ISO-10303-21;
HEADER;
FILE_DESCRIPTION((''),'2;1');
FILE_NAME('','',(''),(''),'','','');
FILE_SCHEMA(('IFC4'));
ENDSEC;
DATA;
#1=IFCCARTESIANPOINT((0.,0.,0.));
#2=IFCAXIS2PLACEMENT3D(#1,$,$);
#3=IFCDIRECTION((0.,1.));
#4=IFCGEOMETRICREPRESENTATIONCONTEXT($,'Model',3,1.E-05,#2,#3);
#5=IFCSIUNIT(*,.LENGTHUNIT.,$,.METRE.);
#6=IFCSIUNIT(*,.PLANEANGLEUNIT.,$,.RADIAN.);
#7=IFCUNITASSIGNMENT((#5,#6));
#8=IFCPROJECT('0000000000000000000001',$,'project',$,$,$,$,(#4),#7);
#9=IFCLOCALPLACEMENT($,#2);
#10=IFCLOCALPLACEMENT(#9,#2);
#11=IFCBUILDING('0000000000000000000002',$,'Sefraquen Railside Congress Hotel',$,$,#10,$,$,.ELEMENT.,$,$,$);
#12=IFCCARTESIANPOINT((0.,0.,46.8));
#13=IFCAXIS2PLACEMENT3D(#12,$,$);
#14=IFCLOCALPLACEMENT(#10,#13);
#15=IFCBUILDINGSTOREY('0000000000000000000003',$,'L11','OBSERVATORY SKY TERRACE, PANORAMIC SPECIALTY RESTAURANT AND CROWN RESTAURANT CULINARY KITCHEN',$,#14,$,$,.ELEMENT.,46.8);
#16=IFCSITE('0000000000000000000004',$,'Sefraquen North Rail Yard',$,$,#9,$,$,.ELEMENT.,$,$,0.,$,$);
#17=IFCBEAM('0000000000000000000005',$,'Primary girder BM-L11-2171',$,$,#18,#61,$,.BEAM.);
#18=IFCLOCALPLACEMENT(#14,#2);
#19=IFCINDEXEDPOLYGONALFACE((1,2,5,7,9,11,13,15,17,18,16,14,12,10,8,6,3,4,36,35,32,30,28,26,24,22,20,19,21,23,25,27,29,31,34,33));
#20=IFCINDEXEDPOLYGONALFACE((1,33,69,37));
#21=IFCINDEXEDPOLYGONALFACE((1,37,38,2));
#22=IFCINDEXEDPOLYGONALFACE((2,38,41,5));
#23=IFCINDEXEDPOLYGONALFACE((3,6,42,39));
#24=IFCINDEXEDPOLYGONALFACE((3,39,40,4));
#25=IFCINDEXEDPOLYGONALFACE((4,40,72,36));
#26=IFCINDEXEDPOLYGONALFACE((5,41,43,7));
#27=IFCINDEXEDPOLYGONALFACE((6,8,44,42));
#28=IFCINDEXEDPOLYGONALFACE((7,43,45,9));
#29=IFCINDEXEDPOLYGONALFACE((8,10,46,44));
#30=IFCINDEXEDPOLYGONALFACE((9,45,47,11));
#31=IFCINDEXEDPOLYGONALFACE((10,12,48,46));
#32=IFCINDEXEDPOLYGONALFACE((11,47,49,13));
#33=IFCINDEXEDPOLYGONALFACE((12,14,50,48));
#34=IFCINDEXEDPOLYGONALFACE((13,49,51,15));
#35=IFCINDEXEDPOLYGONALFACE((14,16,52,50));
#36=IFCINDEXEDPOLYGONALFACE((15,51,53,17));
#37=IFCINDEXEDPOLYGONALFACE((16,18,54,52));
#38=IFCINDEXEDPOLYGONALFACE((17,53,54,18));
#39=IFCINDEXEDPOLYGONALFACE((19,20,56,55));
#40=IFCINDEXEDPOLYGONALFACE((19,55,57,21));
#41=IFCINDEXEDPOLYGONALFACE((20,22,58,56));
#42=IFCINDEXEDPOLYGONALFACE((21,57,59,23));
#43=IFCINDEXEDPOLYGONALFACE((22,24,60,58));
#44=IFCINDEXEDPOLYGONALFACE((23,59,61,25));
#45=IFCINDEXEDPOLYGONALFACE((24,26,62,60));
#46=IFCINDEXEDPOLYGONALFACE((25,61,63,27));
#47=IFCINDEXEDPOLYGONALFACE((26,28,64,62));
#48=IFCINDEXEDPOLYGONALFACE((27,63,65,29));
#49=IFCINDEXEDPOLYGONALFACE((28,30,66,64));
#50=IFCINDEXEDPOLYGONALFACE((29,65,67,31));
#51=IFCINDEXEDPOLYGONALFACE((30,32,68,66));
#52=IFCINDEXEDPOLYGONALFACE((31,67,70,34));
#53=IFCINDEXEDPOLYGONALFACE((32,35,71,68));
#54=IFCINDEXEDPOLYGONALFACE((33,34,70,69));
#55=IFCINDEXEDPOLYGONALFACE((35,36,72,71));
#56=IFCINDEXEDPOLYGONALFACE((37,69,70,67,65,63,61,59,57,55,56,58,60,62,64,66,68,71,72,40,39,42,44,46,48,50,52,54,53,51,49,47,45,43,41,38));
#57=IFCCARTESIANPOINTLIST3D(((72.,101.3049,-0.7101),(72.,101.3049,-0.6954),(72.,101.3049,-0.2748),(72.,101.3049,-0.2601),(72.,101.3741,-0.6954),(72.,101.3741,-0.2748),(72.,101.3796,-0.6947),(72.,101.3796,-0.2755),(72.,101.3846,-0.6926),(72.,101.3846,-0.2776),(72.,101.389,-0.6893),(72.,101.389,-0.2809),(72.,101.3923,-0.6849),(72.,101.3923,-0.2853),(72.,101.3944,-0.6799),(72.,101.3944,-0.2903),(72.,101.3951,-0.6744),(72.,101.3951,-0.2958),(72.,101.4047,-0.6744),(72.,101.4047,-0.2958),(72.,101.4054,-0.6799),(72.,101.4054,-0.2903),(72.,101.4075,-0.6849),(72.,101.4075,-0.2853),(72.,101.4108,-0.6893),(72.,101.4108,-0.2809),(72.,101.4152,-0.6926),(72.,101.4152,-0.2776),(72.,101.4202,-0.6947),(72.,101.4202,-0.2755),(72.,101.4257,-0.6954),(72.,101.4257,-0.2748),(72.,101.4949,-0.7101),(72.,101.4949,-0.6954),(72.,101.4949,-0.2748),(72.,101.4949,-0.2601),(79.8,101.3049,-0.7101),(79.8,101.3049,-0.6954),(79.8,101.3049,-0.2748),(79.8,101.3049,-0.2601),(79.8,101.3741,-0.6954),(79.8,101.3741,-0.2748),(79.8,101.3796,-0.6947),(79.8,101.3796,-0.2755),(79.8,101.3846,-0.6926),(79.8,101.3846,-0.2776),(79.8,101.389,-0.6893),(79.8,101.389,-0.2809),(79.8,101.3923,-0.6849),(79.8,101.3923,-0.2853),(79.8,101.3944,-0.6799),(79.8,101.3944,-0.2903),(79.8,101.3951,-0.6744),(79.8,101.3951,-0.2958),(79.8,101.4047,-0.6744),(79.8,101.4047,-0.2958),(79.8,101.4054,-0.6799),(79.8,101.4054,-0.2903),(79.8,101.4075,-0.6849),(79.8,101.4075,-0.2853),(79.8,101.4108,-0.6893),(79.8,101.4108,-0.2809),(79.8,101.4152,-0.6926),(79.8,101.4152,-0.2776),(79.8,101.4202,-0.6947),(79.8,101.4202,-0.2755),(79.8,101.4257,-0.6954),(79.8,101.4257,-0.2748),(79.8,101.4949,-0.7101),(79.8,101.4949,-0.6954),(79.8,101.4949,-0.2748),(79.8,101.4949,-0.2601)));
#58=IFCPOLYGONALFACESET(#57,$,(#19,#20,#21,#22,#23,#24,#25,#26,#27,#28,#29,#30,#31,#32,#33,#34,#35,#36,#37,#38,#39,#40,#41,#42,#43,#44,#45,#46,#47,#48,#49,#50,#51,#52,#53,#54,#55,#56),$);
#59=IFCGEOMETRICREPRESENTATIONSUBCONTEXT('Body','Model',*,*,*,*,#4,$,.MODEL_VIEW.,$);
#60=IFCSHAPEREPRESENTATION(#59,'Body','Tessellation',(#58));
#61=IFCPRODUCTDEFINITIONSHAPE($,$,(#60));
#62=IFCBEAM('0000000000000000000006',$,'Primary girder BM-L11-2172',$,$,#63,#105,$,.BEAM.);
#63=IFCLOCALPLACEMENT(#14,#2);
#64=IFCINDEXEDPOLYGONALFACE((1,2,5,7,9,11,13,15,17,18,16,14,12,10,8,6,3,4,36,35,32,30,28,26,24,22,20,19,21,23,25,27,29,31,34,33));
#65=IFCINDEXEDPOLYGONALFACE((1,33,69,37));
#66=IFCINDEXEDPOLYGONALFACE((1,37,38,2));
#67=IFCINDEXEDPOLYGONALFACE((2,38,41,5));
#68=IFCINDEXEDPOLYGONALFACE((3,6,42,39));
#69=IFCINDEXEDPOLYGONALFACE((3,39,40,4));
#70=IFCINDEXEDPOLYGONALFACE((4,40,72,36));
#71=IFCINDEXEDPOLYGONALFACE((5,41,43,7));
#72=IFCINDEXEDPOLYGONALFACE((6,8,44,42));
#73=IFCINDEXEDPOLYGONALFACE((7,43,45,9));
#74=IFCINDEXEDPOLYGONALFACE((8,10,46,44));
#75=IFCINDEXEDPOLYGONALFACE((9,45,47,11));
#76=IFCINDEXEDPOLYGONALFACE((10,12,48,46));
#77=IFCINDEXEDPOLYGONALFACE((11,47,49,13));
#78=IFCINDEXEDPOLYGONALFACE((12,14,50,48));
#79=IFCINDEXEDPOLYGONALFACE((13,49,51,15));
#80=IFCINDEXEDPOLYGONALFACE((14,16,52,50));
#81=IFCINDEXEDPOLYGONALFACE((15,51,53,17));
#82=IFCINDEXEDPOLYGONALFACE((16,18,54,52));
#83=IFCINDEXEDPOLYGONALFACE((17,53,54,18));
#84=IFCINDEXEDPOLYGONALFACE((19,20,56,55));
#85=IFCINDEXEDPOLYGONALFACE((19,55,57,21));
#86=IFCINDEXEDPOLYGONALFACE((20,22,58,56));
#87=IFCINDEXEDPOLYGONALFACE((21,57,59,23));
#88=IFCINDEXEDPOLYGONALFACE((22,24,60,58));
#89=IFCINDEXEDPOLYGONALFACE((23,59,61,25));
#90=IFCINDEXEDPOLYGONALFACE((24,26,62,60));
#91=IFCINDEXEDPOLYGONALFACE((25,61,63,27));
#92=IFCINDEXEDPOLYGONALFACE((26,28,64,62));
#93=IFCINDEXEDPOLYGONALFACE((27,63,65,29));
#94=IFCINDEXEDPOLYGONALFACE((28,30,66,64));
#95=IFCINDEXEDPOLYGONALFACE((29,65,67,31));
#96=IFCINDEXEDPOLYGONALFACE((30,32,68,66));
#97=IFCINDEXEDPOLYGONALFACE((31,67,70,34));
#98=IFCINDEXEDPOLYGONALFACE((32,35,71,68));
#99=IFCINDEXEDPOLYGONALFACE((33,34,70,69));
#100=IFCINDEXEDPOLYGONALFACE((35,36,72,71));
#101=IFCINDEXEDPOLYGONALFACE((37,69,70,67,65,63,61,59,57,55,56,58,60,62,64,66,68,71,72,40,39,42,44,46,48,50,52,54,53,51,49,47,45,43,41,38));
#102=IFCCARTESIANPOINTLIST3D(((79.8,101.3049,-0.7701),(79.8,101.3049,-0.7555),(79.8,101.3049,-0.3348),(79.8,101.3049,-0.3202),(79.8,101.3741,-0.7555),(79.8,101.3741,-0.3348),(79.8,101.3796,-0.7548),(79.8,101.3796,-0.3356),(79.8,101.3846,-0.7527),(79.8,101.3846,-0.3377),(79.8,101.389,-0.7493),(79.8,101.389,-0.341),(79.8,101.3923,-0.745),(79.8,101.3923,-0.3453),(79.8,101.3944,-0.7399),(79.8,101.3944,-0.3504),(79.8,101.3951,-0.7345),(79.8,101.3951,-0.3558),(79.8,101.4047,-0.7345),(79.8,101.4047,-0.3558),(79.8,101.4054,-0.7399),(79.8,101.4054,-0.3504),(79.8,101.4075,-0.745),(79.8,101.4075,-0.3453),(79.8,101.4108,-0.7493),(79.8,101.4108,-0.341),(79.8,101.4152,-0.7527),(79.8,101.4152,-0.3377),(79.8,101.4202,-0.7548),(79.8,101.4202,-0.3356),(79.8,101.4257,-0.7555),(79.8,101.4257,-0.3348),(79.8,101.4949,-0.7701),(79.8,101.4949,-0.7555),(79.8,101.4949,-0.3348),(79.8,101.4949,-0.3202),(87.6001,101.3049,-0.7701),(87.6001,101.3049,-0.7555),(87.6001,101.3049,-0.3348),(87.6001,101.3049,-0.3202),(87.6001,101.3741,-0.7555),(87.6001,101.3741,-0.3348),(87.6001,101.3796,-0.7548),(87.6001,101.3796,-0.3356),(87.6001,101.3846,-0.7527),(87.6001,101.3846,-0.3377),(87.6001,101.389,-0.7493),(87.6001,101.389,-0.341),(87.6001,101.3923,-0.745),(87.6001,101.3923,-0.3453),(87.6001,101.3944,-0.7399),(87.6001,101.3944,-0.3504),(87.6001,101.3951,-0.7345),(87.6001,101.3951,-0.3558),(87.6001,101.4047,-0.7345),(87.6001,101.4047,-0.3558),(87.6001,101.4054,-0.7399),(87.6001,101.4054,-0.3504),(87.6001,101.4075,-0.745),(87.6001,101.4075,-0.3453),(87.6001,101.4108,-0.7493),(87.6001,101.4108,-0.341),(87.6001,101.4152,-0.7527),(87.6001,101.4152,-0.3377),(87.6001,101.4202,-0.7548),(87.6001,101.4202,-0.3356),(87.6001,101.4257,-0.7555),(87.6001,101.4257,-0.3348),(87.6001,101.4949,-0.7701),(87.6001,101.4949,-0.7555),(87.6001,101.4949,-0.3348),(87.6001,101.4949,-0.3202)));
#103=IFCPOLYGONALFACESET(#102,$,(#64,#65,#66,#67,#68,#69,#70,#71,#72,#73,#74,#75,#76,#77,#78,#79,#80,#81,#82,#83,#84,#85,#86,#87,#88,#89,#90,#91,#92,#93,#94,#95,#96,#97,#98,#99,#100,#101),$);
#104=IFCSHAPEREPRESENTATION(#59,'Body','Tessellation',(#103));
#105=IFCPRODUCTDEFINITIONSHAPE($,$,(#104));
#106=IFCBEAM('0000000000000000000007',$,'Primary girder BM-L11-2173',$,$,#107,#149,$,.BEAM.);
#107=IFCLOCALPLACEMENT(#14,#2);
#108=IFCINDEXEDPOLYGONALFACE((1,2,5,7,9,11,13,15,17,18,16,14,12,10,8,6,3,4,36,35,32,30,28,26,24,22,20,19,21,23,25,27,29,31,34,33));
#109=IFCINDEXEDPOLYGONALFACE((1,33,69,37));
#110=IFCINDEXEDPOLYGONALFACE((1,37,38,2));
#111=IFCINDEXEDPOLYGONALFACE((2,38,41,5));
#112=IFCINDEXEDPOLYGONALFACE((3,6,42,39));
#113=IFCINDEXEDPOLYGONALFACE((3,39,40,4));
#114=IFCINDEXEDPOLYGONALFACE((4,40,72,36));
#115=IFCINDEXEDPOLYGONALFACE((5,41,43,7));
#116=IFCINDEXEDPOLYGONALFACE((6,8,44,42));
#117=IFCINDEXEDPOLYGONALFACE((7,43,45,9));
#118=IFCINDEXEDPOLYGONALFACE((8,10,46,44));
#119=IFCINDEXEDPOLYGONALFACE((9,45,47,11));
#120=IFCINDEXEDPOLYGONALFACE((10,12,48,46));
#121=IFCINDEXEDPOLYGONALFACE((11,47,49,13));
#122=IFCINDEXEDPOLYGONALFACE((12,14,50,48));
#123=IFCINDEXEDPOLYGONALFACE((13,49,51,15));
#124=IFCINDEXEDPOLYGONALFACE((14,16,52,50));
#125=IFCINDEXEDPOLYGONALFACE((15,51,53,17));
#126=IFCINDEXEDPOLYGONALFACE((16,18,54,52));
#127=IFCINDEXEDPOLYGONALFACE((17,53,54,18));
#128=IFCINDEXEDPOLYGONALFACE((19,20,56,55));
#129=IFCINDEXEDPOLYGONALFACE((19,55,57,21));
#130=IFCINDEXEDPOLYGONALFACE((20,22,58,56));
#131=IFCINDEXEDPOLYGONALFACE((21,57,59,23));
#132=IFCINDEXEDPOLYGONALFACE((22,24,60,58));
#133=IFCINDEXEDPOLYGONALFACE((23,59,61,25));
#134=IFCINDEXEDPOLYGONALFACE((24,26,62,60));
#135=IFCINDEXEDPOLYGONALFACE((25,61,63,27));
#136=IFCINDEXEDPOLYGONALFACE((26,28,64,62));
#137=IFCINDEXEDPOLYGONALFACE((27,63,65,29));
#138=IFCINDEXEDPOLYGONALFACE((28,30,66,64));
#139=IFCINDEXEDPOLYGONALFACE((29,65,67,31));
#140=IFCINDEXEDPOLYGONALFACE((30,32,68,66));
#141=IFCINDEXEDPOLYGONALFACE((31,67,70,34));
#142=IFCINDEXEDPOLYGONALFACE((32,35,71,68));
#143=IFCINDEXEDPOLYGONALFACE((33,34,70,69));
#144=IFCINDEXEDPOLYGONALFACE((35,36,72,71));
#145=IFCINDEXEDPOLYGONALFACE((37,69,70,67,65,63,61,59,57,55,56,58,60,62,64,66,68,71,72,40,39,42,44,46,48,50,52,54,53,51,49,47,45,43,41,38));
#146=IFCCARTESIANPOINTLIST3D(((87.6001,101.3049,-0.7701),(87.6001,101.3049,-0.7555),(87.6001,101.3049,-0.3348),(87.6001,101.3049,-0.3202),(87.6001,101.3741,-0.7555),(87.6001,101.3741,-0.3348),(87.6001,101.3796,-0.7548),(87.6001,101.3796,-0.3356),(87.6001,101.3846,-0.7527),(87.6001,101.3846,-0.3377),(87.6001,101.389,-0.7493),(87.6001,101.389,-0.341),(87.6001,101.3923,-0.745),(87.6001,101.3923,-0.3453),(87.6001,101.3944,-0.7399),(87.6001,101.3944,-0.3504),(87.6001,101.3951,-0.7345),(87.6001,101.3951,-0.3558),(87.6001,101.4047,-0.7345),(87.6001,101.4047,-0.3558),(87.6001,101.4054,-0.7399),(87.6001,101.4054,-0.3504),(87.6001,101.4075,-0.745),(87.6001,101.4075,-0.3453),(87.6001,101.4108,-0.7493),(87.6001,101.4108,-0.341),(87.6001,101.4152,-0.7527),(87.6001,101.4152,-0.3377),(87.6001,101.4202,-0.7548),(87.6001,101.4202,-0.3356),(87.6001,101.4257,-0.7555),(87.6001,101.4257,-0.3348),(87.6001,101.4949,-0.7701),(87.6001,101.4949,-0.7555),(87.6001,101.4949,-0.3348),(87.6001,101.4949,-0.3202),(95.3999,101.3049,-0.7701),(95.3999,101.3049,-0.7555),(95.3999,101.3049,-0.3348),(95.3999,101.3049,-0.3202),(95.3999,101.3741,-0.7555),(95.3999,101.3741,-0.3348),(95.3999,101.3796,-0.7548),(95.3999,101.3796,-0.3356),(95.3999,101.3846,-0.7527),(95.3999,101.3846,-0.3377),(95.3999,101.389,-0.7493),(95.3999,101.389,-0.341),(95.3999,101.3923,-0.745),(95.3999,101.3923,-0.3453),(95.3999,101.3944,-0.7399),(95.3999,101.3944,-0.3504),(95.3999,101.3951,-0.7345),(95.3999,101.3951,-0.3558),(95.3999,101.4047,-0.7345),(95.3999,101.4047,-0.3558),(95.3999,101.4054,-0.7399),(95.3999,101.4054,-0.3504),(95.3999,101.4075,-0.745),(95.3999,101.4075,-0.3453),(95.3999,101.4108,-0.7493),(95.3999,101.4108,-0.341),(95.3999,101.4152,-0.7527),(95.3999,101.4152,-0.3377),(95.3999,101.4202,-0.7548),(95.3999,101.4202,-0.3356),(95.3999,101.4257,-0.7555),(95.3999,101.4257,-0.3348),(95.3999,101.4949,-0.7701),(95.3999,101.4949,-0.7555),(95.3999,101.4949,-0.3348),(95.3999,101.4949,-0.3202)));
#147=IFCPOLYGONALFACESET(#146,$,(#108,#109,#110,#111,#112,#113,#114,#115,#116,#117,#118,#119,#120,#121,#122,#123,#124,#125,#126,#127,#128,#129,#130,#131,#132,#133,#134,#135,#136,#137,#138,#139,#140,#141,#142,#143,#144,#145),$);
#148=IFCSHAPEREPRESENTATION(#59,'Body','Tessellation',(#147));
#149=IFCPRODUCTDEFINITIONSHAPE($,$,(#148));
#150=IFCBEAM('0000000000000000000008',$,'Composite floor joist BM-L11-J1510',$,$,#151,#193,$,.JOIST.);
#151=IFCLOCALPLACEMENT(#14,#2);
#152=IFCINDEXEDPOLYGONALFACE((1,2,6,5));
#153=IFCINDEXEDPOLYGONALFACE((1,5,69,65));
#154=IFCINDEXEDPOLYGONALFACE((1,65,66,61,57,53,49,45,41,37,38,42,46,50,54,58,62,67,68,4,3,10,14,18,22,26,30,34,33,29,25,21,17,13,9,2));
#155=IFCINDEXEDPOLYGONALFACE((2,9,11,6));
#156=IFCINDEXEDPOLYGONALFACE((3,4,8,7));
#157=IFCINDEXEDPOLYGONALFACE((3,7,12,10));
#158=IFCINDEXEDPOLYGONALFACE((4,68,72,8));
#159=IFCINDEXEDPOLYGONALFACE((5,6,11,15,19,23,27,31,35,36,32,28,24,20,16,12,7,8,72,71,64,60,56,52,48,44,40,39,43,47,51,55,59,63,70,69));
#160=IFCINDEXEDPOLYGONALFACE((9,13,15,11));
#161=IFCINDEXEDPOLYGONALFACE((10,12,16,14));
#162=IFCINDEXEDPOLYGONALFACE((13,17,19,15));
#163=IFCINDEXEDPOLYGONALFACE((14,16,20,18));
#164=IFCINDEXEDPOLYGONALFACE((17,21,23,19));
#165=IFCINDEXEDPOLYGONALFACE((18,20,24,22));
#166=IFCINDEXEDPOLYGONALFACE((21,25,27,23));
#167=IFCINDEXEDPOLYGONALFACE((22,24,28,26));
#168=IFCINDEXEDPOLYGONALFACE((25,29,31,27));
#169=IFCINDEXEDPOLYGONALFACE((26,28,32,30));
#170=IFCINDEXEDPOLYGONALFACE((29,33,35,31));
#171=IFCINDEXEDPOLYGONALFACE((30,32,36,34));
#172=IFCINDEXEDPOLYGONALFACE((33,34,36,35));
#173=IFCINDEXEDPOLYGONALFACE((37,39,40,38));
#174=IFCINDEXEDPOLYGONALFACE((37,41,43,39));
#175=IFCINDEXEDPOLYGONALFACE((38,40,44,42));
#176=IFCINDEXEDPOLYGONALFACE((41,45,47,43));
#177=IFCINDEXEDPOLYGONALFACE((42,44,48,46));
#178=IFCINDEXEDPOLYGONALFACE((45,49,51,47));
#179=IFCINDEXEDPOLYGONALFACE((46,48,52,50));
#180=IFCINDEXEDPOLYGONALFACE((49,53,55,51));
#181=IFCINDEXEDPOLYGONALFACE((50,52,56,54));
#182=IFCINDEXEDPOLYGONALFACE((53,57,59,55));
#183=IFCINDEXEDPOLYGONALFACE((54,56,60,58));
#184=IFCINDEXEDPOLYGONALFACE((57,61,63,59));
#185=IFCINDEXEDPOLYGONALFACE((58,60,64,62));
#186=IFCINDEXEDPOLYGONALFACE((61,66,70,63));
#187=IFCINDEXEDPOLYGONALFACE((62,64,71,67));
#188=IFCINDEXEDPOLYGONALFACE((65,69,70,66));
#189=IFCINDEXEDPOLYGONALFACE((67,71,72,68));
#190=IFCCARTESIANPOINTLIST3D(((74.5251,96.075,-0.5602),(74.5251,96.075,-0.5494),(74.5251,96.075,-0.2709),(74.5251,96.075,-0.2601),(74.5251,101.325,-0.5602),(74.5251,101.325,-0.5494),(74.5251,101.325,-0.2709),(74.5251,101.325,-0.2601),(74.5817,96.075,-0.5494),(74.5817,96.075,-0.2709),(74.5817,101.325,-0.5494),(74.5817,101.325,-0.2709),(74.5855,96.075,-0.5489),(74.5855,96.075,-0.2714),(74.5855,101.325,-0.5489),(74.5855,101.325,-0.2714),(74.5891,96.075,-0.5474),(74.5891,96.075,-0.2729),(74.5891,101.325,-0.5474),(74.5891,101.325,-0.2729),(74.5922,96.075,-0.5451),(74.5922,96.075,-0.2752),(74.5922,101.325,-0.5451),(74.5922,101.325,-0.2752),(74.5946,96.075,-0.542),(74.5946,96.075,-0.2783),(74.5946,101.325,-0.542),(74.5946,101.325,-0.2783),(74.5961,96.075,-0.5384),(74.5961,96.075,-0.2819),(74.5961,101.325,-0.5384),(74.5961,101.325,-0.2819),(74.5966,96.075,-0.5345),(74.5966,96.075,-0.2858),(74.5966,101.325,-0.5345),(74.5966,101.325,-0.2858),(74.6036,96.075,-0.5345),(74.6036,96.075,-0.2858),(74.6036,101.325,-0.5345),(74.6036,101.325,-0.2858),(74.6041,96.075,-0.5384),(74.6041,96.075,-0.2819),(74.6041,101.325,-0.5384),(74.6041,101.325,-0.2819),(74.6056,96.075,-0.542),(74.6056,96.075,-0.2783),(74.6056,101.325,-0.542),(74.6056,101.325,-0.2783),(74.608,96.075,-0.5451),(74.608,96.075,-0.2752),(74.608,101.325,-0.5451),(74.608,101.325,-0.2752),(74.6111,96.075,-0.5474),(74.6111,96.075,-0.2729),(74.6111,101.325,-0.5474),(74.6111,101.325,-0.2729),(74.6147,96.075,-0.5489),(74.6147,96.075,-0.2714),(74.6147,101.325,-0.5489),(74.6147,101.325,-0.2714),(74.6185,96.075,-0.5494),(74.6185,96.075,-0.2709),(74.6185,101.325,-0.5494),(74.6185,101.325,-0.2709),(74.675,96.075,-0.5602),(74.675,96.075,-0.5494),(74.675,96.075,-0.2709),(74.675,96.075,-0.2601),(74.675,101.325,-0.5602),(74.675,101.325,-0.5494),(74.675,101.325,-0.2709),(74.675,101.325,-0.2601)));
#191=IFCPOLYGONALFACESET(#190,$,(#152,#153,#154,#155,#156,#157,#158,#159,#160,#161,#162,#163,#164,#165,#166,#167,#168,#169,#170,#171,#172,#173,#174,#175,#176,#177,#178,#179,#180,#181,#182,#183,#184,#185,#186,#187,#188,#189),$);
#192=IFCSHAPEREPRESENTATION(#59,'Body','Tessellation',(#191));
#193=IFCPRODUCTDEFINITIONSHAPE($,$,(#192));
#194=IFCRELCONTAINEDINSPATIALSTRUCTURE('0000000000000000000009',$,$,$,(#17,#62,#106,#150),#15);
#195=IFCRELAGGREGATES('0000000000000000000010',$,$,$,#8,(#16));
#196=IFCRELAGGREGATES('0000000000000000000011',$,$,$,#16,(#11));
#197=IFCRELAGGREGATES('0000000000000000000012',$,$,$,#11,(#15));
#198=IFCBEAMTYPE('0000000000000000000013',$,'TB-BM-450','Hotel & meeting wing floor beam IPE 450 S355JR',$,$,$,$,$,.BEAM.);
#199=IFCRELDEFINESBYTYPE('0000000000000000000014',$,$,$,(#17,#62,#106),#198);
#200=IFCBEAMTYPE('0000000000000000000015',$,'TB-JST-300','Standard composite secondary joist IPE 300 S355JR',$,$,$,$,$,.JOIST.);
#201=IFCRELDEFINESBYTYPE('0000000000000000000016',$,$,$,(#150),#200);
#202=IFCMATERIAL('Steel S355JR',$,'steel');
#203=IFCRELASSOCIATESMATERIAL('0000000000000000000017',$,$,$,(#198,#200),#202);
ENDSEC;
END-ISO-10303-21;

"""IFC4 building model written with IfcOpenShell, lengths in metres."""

from ifc_helpers import new_model, si_unit, direction, frame, origin, origin_2d, place, context, subcontext, project, spatial, i_section, extrude, material, material_profile, profile_set, type_object, element, save


model = new_model("IFC4")

# Units and contexts
model_context = context("Model", 3, precision=1e-05, world=origin(), true_north=direction((0.0, 1.0)))
body_context = subcontext(model_context, "Body", "Model", "MODEL_VIEW")
ifc_project = project(units=[si_unit("LENGTHUNIT", "METRE"), si_unit("PLANEANGLEUNIT", "RADIAN")], contexts=[model_context])

# Site, building, storey
site_placement = place(None, origin())
site = spatial("IfcSite", under=ifc_project, at=site_placement, Name="Sefraquen North Rail Yard", CompositionType="ELEMENT", RefElevation=0.0)
building_placement = place(site_placement, origin())
building = spatial("IfcBuilding", under=site, at=building_placement, Name="Sefraquen Railside Congress Hotel", CompositionType="ELEMENT")
storey_placement = place(building_placement, frame((0.0, 0.0, 46.8)))
storey = spatial("IfcBuildingStorey", under=building, at=storey_placement, Name="L11", Description="OBSERVATORY SKY TERRACE, PANORAMIC SPECIALTY RESTAURANT AND CROWN RESTAURANT CULINARY KITCHEN", CompositionType="ELEMENT", Elevation=46.8)

# Shared definitions
ifc_material_1 = material(Name="Steel S355JR", Category="steel")

# Beams
ifc_material_profile_1 = material_profile(ifc_material_1, i_section(OverallWidth=0.1899, OverallDepth=0.45, WebThickness=0.0095, FlangeThickness=0.0146, FilletRadius=0.021, at=origin_2d()), Name="IPE 450")
ifc_profile_set_1 = profile_set([ifc_material_profile_1], Name="Steel S355JR")
beam_type_1 = type_object("IfcBeamType", Name="TB-BM-450", Description="Hotel & meeting wing floor beam IPE 450 S355JR", PredefinedType="BEAM", material=ifc_profile_set_1)
for number, where, z_axis, x_axis, name in (
    (1, (72.0, 101.3999, -0.4851), (1.0, 0.0, 0.0), (0.0, 1.0, 0.0), "Primary girder BM-L11-2171"),
    (2, (79.8, 101.3999, -0.5452), (1.0, 0.0, 0.0), (0.0, 1.0, 0.0), "Primary girder BM-L11-2172"),
):
    element("IfcBeam", number, at=place(storey_placement, frame(where, z_axis=z_axis, x_axis=x_axis)), inside=storey, type_object=beam_type_1, Name=name, PredefinedType="BEAM", context=body_context, shape_type="SweptSolid", body=[
        extrude(i_section(OverallWidth=0.1899, OverallDepth=0.45, WebThickness=0.0095, FlangeThickness=0.0146, FilletRadius=0.021, at=origin_2d()), origin(), (0.0, 0.0, 1.0), 7.8),
    ])
beam_placement = place(storey_placement, frame((87.6001, 101.3999, -0.5452), z_axis=(1.0, 0.0, 0.0), x_axis=(0.0, 1.0, 0.0)))
element("IfcBeam", 3, at=beam_placement, inside=storey, type_object=beam_type_1, Name="Primary girder BM-L11-2173", PredefinedType="BEAM", context=body_context, shape_type="SweptSolid", body=[
    extrude(i_section(OverallWidth=0.1899, OverallDepth=0.45, WebThickness=0.0095, FlangeThickness=0.0146, FilletRadius=0.021, at=origin_2d()), origin(), (0.0, 0.0, 1.0), 7.7998),
])
ifc_material_profile_2 = material_profile(ifc_material_1, i_section(OverallWidth=0.1499, OverallDepth=0.3, WebThickness=0.0071, FlangeThickness=0.0107, FilletRadius=0.0149, at=origin_2d()), Name="IPE 300")
ifc_profile_set_2 = profile_set([ifc_material_profile_2], Name="Steel S355JR")
beam_type_2 = type_object("IfcBeamType", Name="TB-JST-300", Description="Standard composite secondary joist IPE 300 S355JR", PredefinedType="JOIST", material=ifc_profile_set_2)
for number, where, z_axis, x_axis, name in (
    (4, (74.6001, 96.075, -0.4102), (0.0, 1.0, 0.0), (-1.0, 0.0, 0.0), "Composite floor joist BM-L11-J1510"),
):
    element("IfcBeam", number, at=place(storey_placement, frame(where, z_axis=z_axis, x_axis=x_axis)), inside=storey, type_object=beam_type_2, Name=name, PredefinedType="JOIST", context=body_context, shape_type="SweptSolid", body=[
        extrude(i_section(OverallWidth=0.1499, OverallDepth=0.3, WebThickness=0.0071, FlangeThickness=0.0107, FilletRadius=0.0149, at=origin_2d()), origin(), (0.0, 0.0, 1.0), 5.25),
    ])

save(model, "model.ifc")
